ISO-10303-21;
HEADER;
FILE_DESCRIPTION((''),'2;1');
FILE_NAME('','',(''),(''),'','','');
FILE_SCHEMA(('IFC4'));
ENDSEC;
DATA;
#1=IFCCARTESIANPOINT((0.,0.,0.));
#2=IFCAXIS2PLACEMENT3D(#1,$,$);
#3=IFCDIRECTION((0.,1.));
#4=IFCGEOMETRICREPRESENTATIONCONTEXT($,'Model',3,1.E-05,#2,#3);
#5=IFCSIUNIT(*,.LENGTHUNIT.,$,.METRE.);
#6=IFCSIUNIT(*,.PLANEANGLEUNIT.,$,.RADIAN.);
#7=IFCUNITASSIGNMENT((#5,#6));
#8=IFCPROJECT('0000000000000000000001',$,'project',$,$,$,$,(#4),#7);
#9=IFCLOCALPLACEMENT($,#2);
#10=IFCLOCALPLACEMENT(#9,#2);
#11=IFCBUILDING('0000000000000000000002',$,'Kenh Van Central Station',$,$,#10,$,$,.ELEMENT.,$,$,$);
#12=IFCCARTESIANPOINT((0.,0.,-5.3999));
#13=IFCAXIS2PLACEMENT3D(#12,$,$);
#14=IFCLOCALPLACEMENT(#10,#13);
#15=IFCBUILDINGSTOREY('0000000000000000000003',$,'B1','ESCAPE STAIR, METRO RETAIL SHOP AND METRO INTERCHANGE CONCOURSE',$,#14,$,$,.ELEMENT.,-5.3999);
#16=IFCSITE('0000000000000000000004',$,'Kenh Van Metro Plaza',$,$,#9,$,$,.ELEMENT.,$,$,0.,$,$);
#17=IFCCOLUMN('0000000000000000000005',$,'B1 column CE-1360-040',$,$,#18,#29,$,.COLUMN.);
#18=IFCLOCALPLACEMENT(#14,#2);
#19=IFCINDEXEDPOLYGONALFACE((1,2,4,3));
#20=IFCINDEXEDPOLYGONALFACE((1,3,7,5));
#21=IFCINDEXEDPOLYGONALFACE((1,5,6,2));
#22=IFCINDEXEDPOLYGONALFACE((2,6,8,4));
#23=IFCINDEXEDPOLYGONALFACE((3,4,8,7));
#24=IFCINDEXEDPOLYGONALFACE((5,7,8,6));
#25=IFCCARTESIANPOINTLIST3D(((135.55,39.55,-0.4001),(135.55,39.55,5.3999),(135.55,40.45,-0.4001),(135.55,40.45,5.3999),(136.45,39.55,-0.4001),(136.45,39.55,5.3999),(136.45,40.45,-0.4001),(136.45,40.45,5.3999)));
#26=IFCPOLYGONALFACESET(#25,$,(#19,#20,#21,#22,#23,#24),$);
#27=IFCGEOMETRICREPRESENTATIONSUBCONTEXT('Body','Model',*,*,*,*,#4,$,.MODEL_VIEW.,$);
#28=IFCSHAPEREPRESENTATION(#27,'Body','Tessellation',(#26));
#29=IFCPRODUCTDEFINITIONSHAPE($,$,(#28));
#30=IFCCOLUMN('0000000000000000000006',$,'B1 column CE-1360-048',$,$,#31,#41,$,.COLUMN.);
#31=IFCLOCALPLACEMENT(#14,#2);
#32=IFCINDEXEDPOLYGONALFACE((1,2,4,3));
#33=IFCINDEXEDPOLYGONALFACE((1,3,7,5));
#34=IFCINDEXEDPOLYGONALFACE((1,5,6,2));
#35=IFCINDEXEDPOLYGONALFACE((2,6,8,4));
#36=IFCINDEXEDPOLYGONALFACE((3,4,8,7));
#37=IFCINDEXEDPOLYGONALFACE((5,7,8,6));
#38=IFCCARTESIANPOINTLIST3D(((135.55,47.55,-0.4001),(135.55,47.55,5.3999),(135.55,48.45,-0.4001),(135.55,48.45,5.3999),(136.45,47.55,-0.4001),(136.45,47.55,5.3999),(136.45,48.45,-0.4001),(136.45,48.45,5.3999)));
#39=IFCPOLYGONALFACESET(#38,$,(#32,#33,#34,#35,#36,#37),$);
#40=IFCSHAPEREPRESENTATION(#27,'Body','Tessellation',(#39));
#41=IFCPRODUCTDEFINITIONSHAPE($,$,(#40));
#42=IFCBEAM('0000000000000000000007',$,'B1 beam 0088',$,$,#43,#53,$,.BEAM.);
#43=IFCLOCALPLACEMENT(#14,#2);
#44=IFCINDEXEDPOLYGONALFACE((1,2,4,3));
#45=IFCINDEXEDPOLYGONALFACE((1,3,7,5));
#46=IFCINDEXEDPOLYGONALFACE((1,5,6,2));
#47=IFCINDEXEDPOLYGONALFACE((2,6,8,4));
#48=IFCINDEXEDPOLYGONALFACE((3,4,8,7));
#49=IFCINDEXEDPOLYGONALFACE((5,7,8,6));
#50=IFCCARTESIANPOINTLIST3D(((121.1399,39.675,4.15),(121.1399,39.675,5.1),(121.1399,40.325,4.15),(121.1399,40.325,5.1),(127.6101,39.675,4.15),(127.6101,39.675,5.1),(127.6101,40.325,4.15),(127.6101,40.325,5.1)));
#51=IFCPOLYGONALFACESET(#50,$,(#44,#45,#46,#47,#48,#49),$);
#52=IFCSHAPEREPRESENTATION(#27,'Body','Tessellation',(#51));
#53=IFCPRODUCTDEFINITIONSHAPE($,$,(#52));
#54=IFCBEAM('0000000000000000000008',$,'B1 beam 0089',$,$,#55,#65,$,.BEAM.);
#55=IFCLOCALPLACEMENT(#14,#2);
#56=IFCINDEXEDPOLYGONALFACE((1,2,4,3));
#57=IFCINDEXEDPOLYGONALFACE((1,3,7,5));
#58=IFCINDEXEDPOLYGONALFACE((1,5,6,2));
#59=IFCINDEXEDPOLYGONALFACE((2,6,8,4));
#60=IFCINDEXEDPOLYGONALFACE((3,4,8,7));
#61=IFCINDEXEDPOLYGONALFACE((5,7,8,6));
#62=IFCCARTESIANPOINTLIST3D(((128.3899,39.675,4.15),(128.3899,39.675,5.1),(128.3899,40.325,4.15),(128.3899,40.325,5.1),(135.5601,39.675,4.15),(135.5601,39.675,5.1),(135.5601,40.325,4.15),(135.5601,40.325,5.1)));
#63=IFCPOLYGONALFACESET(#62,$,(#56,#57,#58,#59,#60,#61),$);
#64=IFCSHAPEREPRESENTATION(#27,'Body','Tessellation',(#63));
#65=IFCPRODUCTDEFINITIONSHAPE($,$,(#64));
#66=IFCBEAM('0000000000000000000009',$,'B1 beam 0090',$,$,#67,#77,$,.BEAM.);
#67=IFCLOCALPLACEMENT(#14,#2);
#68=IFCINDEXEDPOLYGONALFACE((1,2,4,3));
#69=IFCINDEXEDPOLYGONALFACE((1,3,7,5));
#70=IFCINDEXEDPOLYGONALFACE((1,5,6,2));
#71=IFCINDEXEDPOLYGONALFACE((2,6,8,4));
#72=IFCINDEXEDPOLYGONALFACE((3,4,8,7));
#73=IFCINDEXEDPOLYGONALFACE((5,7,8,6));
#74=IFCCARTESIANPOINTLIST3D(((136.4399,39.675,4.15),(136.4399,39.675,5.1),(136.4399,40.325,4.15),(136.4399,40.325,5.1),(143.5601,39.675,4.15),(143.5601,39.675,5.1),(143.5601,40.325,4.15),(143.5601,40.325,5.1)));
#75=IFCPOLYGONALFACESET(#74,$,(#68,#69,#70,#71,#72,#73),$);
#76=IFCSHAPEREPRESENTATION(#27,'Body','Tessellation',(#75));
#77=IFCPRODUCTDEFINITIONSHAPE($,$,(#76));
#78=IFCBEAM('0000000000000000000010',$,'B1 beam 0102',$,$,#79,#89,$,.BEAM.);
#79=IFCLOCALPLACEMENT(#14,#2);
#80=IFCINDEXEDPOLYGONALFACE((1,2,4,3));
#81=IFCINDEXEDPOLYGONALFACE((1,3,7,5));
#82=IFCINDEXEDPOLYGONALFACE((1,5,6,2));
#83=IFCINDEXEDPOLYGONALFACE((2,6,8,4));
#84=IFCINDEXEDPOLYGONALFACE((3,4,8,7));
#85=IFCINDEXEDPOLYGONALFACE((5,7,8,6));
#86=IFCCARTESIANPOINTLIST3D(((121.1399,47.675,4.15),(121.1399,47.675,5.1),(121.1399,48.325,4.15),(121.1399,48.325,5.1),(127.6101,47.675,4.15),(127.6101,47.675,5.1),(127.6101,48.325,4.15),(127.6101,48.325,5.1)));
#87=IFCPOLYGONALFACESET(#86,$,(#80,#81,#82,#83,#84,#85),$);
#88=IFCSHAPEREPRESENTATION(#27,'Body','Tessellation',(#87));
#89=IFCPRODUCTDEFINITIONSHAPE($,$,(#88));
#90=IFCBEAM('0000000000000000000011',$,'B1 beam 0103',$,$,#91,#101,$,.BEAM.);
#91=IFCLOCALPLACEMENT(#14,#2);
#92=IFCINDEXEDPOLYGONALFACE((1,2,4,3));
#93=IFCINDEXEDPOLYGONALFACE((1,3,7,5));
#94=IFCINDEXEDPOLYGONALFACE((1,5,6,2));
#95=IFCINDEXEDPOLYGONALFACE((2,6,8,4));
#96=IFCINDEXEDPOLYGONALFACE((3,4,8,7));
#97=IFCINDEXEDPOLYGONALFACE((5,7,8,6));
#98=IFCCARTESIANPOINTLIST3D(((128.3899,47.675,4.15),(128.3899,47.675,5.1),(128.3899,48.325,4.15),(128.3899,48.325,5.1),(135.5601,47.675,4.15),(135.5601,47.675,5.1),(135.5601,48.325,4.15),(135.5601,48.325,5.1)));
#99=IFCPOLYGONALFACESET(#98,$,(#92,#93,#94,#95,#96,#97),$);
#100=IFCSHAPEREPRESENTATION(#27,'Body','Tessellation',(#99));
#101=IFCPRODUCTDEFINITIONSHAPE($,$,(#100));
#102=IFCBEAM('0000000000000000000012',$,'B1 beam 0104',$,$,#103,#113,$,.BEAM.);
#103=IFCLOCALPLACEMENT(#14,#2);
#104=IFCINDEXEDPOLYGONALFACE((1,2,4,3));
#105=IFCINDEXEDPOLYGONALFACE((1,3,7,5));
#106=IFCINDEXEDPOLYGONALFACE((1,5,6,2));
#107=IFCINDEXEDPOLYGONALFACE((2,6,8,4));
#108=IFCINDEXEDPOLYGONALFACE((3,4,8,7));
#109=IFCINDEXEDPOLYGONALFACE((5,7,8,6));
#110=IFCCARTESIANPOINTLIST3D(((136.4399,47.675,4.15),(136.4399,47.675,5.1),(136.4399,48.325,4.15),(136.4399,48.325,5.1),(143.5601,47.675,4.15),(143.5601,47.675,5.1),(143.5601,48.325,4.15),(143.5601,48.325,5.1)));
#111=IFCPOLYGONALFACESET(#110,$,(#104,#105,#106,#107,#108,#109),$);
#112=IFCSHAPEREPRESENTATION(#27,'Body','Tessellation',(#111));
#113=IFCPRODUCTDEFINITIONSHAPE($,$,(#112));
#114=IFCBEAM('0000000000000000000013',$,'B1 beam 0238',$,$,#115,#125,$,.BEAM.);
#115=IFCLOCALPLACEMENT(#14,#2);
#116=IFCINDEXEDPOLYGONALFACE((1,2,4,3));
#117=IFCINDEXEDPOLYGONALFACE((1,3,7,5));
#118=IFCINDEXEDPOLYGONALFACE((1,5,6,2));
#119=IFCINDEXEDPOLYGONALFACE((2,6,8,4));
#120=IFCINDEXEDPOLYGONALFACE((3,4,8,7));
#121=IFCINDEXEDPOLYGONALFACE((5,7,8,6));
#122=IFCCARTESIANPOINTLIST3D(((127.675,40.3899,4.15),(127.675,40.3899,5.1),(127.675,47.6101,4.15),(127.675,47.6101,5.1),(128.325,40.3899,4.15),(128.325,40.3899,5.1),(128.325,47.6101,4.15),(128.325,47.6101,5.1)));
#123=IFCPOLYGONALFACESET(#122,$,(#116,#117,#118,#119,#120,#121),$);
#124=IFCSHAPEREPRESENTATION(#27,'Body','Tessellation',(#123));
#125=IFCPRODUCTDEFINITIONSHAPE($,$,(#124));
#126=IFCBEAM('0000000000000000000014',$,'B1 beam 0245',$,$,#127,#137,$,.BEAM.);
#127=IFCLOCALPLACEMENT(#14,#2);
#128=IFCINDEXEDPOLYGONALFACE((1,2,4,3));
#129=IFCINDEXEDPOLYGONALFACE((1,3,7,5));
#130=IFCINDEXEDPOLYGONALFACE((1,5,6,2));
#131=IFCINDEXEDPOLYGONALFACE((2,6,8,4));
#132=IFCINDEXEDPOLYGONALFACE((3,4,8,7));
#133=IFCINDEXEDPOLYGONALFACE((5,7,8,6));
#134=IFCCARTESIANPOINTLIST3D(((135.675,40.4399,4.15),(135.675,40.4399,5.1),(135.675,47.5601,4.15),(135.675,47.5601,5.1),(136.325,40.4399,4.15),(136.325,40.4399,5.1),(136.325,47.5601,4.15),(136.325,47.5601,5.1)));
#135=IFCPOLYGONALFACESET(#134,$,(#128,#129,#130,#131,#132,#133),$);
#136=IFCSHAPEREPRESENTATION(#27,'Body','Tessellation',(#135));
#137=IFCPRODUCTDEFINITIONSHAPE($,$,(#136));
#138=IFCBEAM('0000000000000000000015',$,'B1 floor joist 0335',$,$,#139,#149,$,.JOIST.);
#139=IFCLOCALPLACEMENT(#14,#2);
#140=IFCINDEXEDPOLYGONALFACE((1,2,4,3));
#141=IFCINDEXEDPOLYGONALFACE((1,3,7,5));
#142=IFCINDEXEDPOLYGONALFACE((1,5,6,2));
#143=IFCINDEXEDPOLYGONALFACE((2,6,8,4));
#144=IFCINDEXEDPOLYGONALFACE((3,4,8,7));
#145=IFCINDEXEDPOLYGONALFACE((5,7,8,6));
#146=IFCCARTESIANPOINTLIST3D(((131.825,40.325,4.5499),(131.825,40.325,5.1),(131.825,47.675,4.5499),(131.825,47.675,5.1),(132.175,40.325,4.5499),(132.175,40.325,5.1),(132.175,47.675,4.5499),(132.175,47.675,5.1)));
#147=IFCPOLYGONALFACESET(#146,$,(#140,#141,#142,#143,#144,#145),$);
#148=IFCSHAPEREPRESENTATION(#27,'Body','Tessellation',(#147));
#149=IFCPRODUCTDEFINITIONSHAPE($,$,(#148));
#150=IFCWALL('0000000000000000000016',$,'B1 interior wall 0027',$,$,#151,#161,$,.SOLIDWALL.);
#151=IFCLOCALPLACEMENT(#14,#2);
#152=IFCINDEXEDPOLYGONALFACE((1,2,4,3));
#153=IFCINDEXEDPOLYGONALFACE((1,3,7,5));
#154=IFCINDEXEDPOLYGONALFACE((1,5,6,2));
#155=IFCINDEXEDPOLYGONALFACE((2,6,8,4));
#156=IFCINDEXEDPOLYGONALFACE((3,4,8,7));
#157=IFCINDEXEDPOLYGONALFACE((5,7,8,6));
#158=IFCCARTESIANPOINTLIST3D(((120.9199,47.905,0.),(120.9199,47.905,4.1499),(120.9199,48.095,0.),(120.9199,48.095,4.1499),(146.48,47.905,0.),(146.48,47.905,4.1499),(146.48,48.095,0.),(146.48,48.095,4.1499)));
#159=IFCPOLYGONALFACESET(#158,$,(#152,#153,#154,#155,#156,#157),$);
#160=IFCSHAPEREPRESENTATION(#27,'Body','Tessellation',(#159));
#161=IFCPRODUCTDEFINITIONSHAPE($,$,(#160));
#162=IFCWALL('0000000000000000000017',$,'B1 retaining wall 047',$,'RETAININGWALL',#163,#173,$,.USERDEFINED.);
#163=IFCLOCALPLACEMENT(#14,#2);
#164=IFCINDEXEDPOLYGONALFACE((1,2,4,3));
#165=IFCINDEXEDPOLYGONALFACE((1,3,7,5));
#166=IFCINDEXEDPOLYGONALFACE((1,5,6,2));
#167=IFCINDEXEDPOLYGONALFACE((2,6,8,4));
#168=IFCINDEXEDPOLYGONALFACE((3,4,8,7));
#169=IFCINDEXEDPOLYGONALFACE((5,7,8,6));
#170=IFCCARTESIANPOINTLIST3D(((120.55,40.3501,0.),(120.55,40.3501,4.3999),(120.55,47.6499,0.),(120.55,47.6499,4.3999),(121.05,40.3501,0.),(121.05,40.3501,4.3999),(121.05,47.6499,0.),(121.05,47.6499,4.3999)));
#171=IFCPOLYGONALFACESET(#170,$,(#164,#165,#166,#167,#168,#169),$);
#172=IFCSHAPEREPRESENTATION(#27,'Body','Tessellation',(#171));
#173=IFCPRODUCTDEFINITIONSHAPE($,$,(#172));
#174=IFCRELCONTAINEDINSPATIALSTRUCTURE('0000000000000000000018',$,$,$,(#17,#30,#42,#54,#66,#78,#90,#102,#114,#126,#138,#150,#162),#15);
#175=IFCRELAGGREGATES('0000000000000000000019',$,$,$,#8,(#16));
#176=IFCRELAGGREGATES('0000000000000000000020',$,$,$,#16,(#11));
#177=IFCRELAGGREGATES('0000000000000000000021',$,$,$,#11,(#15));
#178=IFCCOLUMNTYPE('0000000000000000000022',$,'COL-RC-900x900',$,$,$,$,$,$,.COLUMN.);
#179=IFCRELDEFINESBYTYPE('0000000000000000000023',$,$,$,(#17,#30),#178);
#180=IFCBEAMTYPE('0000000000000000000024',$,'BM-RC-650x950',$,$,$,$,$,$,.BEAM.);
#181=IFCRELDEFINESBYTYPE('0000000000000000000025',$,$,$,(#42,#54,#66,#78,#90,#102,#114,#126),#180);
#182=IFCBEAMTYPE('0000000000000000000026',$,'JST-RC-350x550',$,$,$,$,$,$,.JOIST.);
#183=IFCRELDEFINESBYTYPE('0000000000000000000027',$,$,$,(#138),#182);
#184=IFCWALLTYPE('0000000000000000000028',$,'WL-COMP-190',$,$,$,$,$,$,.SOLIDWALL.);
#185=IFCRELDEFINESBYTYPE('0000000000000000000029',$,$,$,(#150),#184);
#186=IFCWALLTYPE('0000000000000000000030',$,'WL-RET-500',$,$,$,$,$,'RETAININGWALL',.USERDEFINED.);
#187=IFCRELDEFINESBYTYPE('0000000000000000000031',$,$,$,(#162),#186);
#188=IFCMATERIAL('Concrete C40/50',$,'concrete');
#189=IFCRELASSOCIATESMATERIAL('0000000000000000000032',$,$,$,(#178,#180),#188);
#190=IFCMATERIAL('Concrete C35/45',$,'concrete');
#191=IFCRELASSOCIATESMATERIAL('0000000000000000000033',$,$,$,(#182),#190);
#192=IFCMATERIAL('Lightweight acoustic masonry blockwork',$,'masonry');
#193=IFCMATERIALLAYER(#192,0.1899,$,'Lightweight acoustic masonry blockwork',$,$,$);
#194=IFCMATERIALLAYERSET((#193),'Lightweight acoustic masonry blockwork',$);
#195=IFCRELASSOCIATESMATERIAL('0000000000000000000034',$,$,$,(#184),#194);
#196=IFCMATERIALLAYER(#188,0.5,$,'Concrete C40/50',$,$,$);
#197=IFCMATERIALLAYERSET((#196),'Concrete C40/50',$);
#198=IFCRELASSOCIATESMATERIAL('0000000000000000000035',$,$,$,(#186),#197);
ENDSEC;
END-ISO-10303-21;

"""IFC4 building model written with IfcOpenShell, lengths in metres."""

from ifc_helpers import new_model, si_unit, direction, frame, frame_2d, origin, origin_2d, place, context, subcontext, project, spatial, rectangle, extrude, material, layer, layer_set, material_profile, profile_set, type_object, element, save


model = new_model("IFC4")

# Units and contexts
model_context = context("Model", 3, precision=1e-05, world=origin(), true_north=direction((0.0, 1.0)))
body_context = subcontext(model_context, "Body", "Model", "MODEL_VIEW")
ifc_project = project(units=[si_unit("LENGTHUNIT", "METRE"), si_unit("PLANEANGLEUNIT", "RADIAN")], contexts=[model_context])

# Site, building, storey
site_placement = place(None, origin())
site = spatial("IfcSite", under=ifc_project, at=site_placement, Name="Kenh Van Metro Plaza", CompositionType="ELEMENT", RefElevation=0.0)
building_placement = place(site_placement, origin())
building = spatial("IfcBuilding", under=site, at=building_placement, Name="Kenh Van Central Station", CompositionType="ELEMENT")
storey_placement = place(building_placement, frame((0.0, 0.0, -5.3999)))
storey = spatial("IfcBuildingStorey", under=building, at=storey_placement, Name="B1", Description="ESCAPE STAIR, METRO RETAIL SHOP AND METRO INTERCHANGE CONCOURSE", CompositionType="ELEMENT", Elevation=-5.3999)

# Shared definitions
ifc_material_1 = material(Name="Concrete C40/50", Category="concrete")

# Columns
ifc_material_profile_1 = material_profile(ifc_material_1, rectangle(XDim=0.8999, YDim=0.8999, at=origin_2d()), Name="RC 900x900")
ifc_profile_set_1 = profile_set([ifc_material_profile_1], Name="Concrete C40/50")
column_type_1 = type_object("IfcColumnType", Name="COL-RC-900x900", PredefinedType="COLUMN", material=ifc_profile_set_1)
for number, where, z_axis, x_axis, name in (
    (1, (136.0, 40.0, -0.4001), (0.0, 0.0, 1.0), (1.0, 0.0, 0.0), "B1 column CE-1360-040"),
    (2, (136.0, 48.0, -0.4001), (0.0, 0.0, 1.0), (1.0, 0.0, 0.0), "B1 column CE-1360-048"),
):
    element("IfcColumn", number, at=place(storey_placement, frame(where, z_axis=z_axis, x_axis=x_axis)), inside=storey, type_object=column_type_1, Name=name, PredefinedType="COLUMN", context=body_context, shape_type="SweptSolid", body=[
        extrude(rectangle(XDim=0.8999, YDim=0.8999, at=origin_2d()), origin(), (0.0, 0.0, 1.0), 5.8),
    ])

# Beams
ifc_material_profile_2 = material_profile(ifc_material_1, rectangle(XDim=0.6499, YDim=0.95, at=origin_2d()), Name="RC 650x950")
ifc_profile_set_2 = profile_set([ifc_material_profile_2], Name="Concrete C40/50")
beam_type_1 = type_object("IfcBeamType", Name="BM-RC-650x950", PredefinedType="BEAM", material=ifc_profile_set_2)
beam_1_placement = place(storey_placement, frame((121.1399, 40.0, 4.625), z_axis=(1.0, 0.0, 0.0), x_axis=(0.0, 1.0, 0.0)))
element("IfcBeam", 3, at=beam_1_placement, inside=storey, type_object=beam_type_1, Name="B1 beam 0088", PredefinedType="BEAM", context=body_context, shape_type="SweptSolid", body=[
    extrude(rectangle(XDim=0.6499, YDim=0.95, at=origin_2d()), origin(), (0.0, 0.0, 1.0), 6.4702),
])
beam_2_placement = place(storey_placement, frame((128.3899, 40.0, 4.625), z_axis=(1.0, 0.0, 0.0), x_axis=(0.0, 1.0, 0.0)))
element("IfcBeam", 4, at=beam_2_placement, inside=storey, type_object=beam_type_1, Name="B1 beam 0089", PredefinedType="BEAM", context=body_context, shape_type="SweptSolid", body=[
    extrude(rectangle(XDim=0.6499, YDim=0.95, at=origin_2d()), origin(), (0.0, 0.0, 1.0), 7.1702),
])
beam_3_placement = place(storey_placement, frame((136.4399, 40.0, 4.625), z_axis=(1.0, 0.0, 0.0), x_axis=(0.0, 1.0, 0.0)))
element("IfcBeam", 5, at=beam_3_placement, inside=storey, type_object=beam_type_1, Name="B1 beam 0090", PredefinedType="BEAM", context=body_context, shape_type="SweptSolid", body=[
    extrude(rectangle(XDim=0.6499, YDim=0.95, at=origin_2d()), origin(), (0.0, 0.0, 1.0), 7.1201),
])
beam_4_placement = place(storey_placement, frame((121.1399, 48.0, 4.625), z_axis=(1.0, 0.0, 0.0), x_axis=(0.0, 1.0, 0.0)))
element("IfcBeam", 6, at=beam_4_placement, inside=storey, type_object=beam_type_1, Name="B1 beam 0102", PredefinedType="BEAM", context=body_context, shape_type="SweptSolid", body=[
    extrude(rectangle(XDim=0.6499, YDim=0.95, at=origin_2d()), origin(), (0.0, 0.0, 1.0), 6.4702),
])
beam_5_placement = place(storey_placement, frame((128.3899, 48.0, 4.625), z_axis=(1.0, 0.0, 0.0), x_axis=(0.0, 1.0, 0.0)))
element("IfcBeam", 7, at=beam_5_placement, inside=storey, type_object=beam_type_1, Name="B1 beam 0103", PredefinedType="BEAM", context=body_context, shape_type="SweptSolid", body=[
    extrude(rectangle(XDim=0.6499, YDim=0.95, at=origin_2d()), origin(), (0.0, 0.0, 1.0), 7.1702),
])
beam_6_placement = place(storey_placement, frame((136.4399, 48.0, 4.625), z_axis=(1.0, 0.0, 0.0), x_axis=(0.0, 1.0, 0.0)))
element("IfcBeam", 8, at=beam_6_placement, inside=storey, type_object=beam_type_1, Name="B1 beam 0104", PredefinedType="BEAM", context=body_context, shape_type="SweptSolid", body=[
    extrude(rectangle(XDim=0.6499, YDim=0.95, at=origin_2d()), origin(), (0.0, 0.0, 1.0), 7.1201),
])
beam_7_placement = place(storey_placement, frame((128.0, 40.3899, 4.625), z_axis=(0.0, 1.0, 0.0), x_axis=(-1.0, 0.0, 0.0)))
element("IfcBeam", 9, at=beam_7_placement, inside=storey, type_object=beam_type_1, Name="B1 beam 0238", PredefinedType="BEAM", context=body_context, shape_type="SweptSolid", body=[
    extrude(rectangle(XDim=0.6499, YDim=0.95, at=origin_2d()), origin(), (0.0, 0.0, 1.0), 7.2202),
])
beam_8_placement = place(storey_placement, frame((136.0, 40.4399, 4.625), z_axis=(0.0, 1.0, 0.0), x_axis=(-1.0, 0.0, 0.0)))
element("IfcBeam", 10, at=beam_8_placement, inside=storey, type_object=beam_type_1, Name="B1 beam 0245", PredefinedType="BEAM", context=body_context, shape_type="SweptSolid", body=[
    extrude(rectangle(XDim=0.6499, YDim=0.95, at=origin_2d()), origin(), (0.0, 0.0, 1.0), 7.1201),
])
ifc_material_2 = material(Name="Concrete C35/45", Category="concrete")
ifc_material_profile_3 = material_profile(ifc_material_2, rectangle(XDim=0.3501, YDim=0.55, at=origin_2d()), Name="RC 350x550")
ifc_profile_set_3 = profile_set([ifc_material_profile_3], Name="Concrete C35/45")
beam_type_2 = type_object("IfcBeamType", Name="JST-RC-350x550", PredefinedType="JOIST", material=ifc_profile_set_3)
beam_9_placement = place(storey_placement, frame((132.0, 40.325, 4.825), z_axis=(0.0, 1.0, 0.0), x_axis=(-1.0, 0.0, 0.0)))
element("IfcBeam", 11, at=beam_9_placement, inside=storey, type_object=beam_type_2, Name="B1 floor joist 0335", PredefinedType="JOIST", context=body_context, shape_type="SweptSolid", body=[
    extrude(rectangle(XDim=0.3501, YDim=0.55, at=origin_2d()), origin(), (0.0, 0.0, 1.0), 7.3501),
])

# Walls
ifc_material_3 = material(Name="Lightweight acoustic masonry blockwork", Category="masonry")
ifc_layer_1 = layer(ifc_material_3, 0.1899, Name="Lightweight acoustic masonry blockwork")
ifc_layer_set_1 = layer_set([ifc_layer_1], Name="Lightweight acoustic masonry blockwork")
wall_type_1 = type_object("IfcWallType", Name="WL-COMP-190", PredefinedType="SOLIDWALL", material=ifc_layer_set_1)
wall_1_placement = place(storey_placement, frame((120.9199, 48.0, 0.0), z_axis=(0.0, 0.0, 1.0), x_axis=(1.0, 0.0, 0.0)))
element("IfcWall", 12, at=wall_1_placement, inside=storey, type_object=wall_type_1, Name="B1 interior wall 0027", PredefinedType="SOLIDWALL", context=body_context, shape_type="SweptSolid", body=[
    extrude(rectangle(XDim=25.5601, YDim=0.1899, at=frame_2d((12.78, 0.0))), origin(), (0.0, 0.0, 1.0), 4.1499),
])
ifc_layer_2 = layer(ifc_material_1, 0.5, Name="Concrete C40/50")
ifc_layer_set_2 = layer_set([ifc_layer_2], Name="Concrete C40/50")
wall_type_2 = type_object("IfcWallType", Name="WL-RET-500", ElementType="RETAININGWALL", PredefinedType="USERDEFINED", material=ifc_layer_set_2)
wall_2_placement = place(storey_placement, frame((120.8, 40.3501, 0.0), z_axis=(0.0, 0.0, 1.0), x_axis=(0.0, 1.0, 0.0)))
element("IfcWall", 13, at=wall_2_placement, inside=storey, type_object=wall_type_2, Name="B1 retaining wall 047", ObjectType="RETAININGWALL", PredefinedType="USERDEFINED", context=body_context, shape_type="SweptSolid", body=[
    extrude(rectangle(XDim=7.2998, YDim=0.5, at=frame_2d((3.6499, 0.0))), origin(), (0.0, 0.0, 1.0), 4.3999),
])

save(model, "model.ifc")
